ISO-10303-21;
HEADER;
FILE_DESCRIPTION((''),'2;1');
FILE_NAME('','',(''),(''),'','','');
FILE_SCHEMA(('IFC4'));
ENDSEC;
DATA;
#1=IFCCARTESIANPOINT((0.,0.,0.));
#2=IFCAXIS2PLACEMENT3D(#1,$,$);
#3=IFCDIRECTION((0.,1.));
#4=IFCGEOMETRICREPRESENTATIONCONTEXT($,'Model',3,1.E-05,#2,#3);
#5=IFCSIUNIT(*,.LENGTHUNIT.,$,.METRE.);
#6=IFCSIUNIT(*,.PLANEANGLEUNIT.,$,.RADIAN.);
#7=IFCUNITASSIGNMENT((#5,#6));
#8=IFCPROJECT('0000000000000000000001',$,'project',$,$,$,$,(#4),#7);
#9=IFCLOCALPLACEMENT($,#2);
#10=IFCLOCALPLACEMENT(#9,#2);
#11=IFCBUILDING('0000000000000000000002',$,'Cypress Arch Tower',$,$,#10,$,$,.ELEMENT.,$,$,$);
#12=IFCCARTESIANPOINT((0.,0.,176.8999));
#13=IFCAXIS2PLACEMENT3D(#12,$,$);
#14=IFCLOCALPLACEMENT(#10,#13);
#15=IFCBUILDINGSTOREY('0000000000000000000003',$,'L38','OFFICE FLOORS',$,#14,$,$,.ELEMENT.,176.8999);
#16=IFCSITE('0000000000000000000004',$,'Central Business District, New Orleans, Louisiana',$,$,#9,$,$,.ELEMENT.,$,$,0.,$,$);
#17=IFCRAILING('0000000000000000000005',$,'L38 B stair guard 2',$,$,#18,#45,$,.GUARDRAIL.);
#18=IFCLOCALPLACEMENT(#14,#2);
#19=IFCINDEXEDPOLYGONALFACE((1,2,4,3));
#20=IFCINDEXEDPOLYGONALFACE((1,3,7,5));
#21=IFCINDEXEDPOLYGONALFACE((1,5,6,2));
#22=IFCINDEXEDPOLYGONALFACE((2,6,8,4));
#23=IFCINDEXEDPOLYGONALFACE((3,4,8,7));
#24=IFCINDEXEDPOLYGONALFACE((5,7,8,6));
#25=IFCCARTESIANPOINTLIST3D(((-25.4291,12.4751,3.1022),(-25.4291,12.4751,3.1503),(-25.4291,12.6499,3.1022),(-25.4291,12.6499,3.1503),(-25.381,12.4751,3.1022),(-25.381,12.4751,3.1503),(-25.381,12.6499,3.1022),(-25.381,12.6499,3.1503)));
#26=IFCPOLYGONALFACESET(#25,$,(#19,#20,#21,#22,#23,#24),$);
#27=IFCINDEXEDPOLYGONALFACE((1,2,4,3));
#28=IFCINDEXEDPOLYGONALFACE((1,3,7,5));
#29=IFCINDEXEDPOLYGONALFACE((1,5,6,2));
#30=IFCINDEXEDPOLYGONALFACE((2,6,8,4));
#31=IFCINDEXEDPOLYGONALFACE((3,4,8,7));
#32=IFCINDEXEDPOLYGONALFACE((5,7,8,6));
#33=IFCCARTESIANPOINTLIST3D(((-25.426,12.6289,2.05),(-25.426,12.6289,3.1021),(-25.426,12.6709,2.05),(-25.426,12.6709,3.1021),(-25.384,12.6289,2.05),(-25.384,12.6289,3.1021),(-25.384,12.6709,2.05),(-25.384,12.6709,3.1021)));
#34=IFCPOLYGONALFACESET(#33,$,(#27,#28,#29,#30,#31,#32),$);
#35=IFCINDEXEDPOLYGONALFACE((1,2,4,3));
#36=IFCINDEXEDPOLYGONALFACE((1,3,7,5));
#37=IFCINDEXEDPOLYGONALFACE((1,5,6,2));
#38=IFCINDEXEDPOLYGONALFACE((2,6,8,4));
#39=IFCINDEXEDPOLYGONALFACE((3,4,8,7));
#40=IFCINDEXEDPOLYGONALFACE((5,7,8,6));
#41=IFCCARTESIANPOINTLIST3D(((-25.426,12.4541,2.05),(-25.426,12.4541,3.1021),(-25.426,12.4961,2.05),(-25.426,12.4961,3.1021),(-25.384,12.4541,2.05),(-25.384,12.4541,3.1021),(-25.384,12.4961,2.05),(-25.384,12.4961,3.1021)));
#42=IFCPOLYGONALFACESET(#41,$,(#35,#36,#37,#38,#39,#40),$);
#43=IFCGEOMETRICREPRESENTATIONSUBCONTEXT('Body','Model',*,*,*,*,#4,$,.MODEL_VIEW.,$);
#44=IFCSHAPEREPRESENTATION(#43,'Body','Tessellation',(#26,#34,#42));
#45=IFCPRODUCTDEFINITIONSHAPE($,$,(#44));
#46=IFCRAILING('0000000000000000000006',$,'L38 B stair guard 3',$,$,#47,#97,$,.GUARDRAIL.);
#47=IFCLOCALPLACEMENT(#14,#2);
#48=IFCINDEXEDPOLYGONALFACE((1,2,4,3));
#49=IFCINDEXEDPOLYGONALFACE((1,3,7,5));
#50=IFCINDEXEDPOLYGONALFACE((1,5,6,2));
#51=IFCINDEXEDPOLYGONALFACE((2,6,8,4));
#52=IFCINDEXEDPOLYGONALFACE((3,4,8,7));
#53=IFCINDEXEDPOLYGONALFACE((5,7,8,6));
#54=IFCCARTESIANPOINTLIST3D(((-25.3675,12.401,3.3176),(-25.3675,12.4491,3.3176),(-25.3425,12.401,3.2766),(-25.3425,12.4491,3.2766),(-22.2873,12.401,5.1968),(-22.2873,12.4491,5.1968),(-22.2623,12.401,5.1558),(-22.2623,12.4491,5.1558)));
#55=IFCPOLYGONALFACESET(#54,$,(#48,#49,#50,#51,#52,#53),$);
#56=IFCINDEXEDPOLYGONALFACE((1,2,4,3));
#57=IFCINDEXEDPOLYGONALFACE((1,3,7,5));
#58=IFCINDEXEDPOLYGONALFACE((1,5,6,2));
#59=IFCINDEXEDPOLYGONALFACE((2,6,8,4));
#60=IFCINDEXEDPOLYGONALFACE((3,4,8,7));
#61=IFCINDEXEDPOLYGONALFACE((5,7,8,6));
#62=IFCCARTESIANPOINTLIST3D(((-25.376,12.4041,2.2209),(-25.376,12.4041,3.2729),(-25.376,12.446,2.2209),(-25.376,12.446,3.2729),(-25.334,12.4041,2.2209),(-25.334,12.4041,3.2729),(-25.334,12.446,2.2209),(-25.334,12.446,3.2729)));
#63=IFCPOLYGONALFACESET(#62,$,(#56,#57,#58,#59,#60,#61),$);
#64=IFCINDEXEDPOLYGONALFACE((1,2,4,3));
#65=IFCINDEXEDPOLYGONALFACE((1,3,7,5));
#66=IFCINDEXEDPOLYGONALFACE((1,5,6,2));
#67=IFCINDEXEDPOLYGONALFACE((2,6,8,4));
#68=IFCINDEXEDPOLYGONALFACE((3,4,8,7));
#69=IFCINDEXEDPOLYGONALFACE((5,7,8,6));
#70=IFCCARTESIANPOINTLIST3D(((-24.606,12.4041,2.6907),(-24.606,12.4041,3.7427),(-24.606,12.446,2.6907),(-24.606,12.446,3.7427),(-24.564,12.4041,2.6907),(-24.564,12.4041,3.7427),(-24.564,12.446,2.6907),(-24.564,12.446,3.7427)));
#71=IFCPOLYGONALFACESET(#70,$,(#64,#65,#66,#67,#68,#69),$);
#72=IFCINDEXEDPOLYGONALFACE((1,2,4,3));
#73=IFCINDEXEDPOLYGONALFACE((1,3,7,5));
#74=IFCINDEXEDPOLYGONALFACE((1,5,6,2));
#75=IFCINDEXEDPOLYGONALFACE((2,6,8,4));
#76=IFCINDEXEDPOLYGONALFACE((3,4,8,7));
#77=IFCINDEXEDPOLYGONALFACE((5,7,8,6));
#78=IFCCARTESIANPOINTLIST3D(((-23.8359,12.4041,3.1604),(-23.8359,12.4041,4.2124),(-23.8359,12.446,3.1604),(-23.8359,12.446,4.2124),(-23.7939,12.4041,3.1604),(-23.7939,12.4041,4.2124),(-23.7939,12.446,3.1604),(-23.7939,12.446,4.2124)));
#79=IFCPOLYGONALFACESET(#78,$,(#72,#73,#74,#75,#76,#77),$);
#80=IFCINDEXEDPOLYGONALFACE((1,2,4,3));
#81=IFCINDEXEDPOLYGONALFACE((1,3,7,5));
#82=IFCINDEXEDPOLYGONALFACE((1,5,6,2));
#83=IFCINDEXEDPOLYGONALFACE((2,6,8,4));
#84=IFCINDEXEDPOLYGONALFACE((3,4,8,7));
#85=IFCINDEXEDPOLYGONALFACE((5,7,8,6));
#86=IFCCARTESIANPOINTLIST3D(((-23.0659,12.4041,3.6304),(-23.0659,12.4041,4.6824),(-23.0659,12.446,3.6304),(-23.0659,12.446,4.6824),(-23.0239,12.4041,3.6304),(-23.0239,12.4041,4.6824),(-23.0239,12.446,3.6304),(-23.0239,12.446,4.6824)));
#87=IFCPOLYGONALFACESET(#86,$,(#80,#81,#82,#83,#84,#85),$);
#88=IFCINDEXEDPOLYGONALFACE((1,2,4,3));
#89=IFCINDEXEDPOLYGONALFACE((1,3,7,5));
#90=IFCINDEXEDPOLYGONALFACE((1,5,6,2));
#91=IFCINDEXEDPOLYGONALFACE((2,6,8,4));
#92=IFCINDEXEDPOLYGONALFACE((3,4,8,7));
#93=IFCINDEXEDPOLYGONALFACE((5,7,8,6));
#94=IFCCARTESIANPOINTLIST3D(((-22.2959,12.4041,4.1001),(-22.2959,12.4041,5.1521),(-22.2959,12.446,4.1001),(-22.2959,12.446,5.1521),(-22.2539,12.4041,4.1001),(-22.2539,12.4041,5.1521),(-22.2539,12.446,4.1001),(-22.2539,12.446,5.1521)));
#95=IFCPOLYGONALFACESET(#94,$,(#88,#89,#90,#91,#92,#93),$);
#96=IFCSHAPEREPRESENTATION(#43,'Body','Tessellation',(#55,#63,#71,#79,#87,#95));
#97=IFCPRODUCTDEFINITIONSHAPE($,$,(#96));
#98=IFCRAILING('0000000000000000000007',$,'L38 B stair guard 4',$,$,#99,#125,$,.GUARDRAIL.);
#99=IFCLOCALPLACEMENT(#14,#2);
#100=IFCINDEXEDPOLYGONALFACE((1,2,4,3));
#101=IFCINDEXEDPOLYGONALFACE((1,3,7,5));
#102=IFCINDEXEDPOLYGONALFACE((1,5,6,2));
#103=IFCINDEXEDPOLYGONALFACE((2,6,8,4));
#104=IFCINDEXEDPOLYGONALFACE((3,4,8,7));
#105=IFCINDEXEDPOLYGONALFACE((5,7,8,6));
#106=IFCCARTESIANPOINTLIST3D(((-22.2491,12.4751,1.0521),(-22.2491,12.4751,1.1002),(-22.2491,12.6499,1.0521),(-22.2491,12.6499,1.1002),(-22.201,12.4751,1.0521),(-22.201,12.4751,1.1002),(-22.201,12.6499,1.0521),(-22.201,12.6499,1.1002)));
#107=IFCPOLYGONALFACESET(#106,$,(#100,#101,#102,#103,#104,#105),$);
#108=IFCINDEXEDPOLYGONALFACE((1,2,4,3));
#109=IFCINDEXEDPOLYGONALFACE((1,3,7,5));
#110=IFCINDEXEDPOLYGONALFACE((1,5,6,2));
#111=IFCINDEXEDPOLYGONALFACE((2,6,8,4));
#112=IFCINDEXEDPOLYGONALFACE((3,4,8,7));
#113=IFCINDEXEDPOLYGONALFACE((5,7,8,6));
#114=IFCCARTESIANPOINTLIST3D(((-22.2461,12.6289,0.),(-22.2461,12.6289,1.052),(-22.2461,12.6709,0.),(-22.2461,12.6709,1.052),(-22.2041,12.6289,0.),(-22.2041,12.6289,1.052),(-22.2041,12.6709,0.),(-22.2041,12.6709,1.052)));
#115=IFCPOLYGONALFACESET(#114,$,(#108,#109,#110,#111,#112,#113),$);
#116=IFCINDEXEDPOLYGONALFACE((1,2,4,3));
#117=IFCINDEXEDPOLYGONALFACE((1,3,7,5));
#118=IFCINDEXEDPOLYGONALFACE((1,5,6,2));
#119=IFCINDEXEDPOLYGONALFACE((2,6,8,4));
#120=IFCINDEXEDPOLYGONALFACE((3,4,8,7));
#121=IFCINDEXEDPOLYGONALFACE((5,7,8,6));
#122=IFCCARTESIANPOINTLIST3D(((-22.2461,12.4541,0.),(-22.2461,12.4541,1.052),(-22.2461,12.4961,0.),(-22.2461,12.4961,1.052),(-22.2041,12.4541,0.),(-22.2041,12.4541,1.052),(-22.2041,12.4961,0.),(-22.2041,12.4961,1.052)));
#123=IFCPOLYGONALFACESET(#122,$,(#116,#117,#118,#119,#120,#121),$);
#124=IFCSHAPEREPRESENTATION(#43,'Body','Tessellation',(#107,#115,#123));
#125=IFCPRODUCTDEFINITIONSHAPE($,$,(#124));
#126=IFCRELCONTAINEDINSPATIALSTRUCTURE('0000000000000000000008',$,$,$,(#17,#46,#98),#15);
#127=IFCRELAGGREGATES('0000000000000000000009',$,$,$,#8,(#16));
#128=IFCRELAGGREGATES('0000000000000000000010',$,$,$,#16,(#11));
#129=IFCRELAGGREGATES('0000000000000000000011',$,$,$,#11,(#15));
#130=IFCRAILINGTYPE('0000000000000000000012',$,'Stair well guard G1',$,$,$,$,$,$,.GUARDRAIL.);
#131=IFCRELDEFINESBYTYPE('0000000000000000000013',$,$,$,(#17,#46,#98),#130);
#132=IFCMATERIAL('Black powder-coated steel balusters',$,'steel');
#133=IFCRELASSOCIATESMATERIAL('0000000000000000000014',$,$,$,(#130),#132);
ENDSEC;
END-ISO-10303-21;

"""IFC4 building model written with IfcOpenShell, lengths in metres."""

from ifc_helpers import new_model, si_unit, direction, frame, origin, origin_2d, place, context, subcontext, project, spatial, rectangle, extrude, material, type_object, element, save


model = new_model("IFC4")

# Units and contexts
model_context = context("Model", 3, precision=1e-05, world=origin(), true_north=direction((0.0, 1.0)))
body_context = subcontext(model_context, "Body", "Model", "MODEL_VIEW")
ifc_project = project(units=[si_unit("LENGTHUNIT", "METRE"), si_unit("PLANEANGLEUNIT", "RADIAN")], contexts=[model_context])

# Site, building, storey
site_placement = place(None, origin())
site = spatial("IfcSite", under=ifc_project, at=site_placement, Name="Central Business District, New Orleans, Louisiana", CompositionType="ELEMENT", RefElevation=0.0)
building_placement = place(site_placement, origin())
building = spatial("IfcBuilding", under=site, at=building_placement, Name="Cypress Arch Tower", CompositionType="ELEMENT")
storey_placement = place(building_placement, frame((0.0, 0.0, 176.8999)))
storey = spatial("IfcBuildingStorey", under=building, at=storey_placement, Name="L38", Description="OFFICE FLOORS", CompositionType="ELEMENT", Elevation=176.8999)

# Railings
ifc_material_1 = material(Name="Black powder-coated steel balusters", Category="steel")
railing_type_1 = type_object("IfcRailingType", Name="Stair well guard G1", PredefinedType="GUARDRAIL", material=ifc_material_1)
railing_1_placement = place(storey_placement, frame((-25.405, 12.6499, 2.05)))
element("IfcRailing", 1, at=railing_1_placement, inside=storey, type_object=railing_type_1, Name="L38 B stair guard 2", PredefinedType="GUARDRAIL", context=body_context, shape_type="SweptSolid", body=[
    extrude(rectangle(XDim=0.0481, YDim=0.0481, at=origin_2d()), frame((0.0, 0.0, 1.0762), z_axis=(0.0, -1.0, 0.0), x_axis=(1.0, 0.0, 0.0)), (0.0, 0.0, 1.0), 0.1748),
    extrude(rectangle(XDim=0.042, YDim=0.042, at=origin_2d()), origin(), (0.0, 0.0, 1.0), 1.052),
    extrude(rectangle(XDim=0.042, YDim=0.042, at=origin_2d()), frame((0.0, -0.1748, 0.0)), (0.0, 0.0, 1.0), 1.052),
])
railing_2_placement = place(storey_placement, frame((-25.355, 12.425, 2.2209)))
element("IfcRailing", 2, at=railing_2_placement, inside=storey, type_object=railing_type_1, Name="L38 B stair guard 3", PredefinedType="GUARDRAIL", context=body_context, shape_type="SweptSolid", body=[
    extrude(rectangle(XDim=0.0481, YDim=0.0481, at=origin_2d()), frame((0.0, 0.0, 1.0762), z_axis=(0.853666, 0.0, 0.52082), x_axis=(0.0, 1.0, 0.0)), (0.0, 0.0, 1.0), 3.6082),
    extrude(rectangle(XDim=0.042, YDim=0.042, at=origin_2d()), origin(), (0.0, 0.0, 1.0), 1.052),
    extrude(rectangle(XDim=0.042, YDim=0.042, at=origin_2d()), frame((0.77, 0.0, 0.4697)), (0.0, 0.0, 1.0), 1.052),
    extrude(rectangle(XDim=0.042, YDim=0.042, at=origin_2d()), frame((1.54, 0.0, 0.9395)), (0.0, 0.0, 1.0), 1.052),
    extrude(rectangle(XDim=0.042, YDim=0.042, at=origin_2d()), frame((2.3101, 0.0, 1.4094)), (0.0, 0.0, 1.0), 1.052),
    extrude(rectangle(XDim=0.042, YDim=0.042, at=origin_2d()), frame((3.0801, 0.0, 1.8792)), (0.0, 0.0, 1.0), 1.052),
])
railing_3_placement = place(storey_placement, frame((-22.2251, 12.6499, 0.0)))
element("IfcRailing", 3, at=railing_3_placement, inside=storey, type_object=railing_type_1, Name="L38 B stair guard 4", PredefinedType="GUARDRAIL", context=body_context, shape_type="SweptSolid", body=[
    extrude(rectangle(XDim=0.0481, YDim=0.0481, at=origin_2d()), frame((0.0, 0.0, 1.0762), z_axis=(0.0, -1.0, 0.0), x_axis=(1.0, 0.0, 0.0)), (0.0, 0.0, 1.0), 0.1748),
    extrude(rectangle(XDim=0.042, YDim=0.042, at=origin_2d()), origin(), (0.0, 0.0, 1.0), 1.052),
    extrude(rectangle(XDim=0.042, YDim=0.042, at=origin_2d()), frame((0.0, -0.1748, 0.0)), (0.0, 0.0, 1.0), 1.052),
])

save(model, "model.ifc")
